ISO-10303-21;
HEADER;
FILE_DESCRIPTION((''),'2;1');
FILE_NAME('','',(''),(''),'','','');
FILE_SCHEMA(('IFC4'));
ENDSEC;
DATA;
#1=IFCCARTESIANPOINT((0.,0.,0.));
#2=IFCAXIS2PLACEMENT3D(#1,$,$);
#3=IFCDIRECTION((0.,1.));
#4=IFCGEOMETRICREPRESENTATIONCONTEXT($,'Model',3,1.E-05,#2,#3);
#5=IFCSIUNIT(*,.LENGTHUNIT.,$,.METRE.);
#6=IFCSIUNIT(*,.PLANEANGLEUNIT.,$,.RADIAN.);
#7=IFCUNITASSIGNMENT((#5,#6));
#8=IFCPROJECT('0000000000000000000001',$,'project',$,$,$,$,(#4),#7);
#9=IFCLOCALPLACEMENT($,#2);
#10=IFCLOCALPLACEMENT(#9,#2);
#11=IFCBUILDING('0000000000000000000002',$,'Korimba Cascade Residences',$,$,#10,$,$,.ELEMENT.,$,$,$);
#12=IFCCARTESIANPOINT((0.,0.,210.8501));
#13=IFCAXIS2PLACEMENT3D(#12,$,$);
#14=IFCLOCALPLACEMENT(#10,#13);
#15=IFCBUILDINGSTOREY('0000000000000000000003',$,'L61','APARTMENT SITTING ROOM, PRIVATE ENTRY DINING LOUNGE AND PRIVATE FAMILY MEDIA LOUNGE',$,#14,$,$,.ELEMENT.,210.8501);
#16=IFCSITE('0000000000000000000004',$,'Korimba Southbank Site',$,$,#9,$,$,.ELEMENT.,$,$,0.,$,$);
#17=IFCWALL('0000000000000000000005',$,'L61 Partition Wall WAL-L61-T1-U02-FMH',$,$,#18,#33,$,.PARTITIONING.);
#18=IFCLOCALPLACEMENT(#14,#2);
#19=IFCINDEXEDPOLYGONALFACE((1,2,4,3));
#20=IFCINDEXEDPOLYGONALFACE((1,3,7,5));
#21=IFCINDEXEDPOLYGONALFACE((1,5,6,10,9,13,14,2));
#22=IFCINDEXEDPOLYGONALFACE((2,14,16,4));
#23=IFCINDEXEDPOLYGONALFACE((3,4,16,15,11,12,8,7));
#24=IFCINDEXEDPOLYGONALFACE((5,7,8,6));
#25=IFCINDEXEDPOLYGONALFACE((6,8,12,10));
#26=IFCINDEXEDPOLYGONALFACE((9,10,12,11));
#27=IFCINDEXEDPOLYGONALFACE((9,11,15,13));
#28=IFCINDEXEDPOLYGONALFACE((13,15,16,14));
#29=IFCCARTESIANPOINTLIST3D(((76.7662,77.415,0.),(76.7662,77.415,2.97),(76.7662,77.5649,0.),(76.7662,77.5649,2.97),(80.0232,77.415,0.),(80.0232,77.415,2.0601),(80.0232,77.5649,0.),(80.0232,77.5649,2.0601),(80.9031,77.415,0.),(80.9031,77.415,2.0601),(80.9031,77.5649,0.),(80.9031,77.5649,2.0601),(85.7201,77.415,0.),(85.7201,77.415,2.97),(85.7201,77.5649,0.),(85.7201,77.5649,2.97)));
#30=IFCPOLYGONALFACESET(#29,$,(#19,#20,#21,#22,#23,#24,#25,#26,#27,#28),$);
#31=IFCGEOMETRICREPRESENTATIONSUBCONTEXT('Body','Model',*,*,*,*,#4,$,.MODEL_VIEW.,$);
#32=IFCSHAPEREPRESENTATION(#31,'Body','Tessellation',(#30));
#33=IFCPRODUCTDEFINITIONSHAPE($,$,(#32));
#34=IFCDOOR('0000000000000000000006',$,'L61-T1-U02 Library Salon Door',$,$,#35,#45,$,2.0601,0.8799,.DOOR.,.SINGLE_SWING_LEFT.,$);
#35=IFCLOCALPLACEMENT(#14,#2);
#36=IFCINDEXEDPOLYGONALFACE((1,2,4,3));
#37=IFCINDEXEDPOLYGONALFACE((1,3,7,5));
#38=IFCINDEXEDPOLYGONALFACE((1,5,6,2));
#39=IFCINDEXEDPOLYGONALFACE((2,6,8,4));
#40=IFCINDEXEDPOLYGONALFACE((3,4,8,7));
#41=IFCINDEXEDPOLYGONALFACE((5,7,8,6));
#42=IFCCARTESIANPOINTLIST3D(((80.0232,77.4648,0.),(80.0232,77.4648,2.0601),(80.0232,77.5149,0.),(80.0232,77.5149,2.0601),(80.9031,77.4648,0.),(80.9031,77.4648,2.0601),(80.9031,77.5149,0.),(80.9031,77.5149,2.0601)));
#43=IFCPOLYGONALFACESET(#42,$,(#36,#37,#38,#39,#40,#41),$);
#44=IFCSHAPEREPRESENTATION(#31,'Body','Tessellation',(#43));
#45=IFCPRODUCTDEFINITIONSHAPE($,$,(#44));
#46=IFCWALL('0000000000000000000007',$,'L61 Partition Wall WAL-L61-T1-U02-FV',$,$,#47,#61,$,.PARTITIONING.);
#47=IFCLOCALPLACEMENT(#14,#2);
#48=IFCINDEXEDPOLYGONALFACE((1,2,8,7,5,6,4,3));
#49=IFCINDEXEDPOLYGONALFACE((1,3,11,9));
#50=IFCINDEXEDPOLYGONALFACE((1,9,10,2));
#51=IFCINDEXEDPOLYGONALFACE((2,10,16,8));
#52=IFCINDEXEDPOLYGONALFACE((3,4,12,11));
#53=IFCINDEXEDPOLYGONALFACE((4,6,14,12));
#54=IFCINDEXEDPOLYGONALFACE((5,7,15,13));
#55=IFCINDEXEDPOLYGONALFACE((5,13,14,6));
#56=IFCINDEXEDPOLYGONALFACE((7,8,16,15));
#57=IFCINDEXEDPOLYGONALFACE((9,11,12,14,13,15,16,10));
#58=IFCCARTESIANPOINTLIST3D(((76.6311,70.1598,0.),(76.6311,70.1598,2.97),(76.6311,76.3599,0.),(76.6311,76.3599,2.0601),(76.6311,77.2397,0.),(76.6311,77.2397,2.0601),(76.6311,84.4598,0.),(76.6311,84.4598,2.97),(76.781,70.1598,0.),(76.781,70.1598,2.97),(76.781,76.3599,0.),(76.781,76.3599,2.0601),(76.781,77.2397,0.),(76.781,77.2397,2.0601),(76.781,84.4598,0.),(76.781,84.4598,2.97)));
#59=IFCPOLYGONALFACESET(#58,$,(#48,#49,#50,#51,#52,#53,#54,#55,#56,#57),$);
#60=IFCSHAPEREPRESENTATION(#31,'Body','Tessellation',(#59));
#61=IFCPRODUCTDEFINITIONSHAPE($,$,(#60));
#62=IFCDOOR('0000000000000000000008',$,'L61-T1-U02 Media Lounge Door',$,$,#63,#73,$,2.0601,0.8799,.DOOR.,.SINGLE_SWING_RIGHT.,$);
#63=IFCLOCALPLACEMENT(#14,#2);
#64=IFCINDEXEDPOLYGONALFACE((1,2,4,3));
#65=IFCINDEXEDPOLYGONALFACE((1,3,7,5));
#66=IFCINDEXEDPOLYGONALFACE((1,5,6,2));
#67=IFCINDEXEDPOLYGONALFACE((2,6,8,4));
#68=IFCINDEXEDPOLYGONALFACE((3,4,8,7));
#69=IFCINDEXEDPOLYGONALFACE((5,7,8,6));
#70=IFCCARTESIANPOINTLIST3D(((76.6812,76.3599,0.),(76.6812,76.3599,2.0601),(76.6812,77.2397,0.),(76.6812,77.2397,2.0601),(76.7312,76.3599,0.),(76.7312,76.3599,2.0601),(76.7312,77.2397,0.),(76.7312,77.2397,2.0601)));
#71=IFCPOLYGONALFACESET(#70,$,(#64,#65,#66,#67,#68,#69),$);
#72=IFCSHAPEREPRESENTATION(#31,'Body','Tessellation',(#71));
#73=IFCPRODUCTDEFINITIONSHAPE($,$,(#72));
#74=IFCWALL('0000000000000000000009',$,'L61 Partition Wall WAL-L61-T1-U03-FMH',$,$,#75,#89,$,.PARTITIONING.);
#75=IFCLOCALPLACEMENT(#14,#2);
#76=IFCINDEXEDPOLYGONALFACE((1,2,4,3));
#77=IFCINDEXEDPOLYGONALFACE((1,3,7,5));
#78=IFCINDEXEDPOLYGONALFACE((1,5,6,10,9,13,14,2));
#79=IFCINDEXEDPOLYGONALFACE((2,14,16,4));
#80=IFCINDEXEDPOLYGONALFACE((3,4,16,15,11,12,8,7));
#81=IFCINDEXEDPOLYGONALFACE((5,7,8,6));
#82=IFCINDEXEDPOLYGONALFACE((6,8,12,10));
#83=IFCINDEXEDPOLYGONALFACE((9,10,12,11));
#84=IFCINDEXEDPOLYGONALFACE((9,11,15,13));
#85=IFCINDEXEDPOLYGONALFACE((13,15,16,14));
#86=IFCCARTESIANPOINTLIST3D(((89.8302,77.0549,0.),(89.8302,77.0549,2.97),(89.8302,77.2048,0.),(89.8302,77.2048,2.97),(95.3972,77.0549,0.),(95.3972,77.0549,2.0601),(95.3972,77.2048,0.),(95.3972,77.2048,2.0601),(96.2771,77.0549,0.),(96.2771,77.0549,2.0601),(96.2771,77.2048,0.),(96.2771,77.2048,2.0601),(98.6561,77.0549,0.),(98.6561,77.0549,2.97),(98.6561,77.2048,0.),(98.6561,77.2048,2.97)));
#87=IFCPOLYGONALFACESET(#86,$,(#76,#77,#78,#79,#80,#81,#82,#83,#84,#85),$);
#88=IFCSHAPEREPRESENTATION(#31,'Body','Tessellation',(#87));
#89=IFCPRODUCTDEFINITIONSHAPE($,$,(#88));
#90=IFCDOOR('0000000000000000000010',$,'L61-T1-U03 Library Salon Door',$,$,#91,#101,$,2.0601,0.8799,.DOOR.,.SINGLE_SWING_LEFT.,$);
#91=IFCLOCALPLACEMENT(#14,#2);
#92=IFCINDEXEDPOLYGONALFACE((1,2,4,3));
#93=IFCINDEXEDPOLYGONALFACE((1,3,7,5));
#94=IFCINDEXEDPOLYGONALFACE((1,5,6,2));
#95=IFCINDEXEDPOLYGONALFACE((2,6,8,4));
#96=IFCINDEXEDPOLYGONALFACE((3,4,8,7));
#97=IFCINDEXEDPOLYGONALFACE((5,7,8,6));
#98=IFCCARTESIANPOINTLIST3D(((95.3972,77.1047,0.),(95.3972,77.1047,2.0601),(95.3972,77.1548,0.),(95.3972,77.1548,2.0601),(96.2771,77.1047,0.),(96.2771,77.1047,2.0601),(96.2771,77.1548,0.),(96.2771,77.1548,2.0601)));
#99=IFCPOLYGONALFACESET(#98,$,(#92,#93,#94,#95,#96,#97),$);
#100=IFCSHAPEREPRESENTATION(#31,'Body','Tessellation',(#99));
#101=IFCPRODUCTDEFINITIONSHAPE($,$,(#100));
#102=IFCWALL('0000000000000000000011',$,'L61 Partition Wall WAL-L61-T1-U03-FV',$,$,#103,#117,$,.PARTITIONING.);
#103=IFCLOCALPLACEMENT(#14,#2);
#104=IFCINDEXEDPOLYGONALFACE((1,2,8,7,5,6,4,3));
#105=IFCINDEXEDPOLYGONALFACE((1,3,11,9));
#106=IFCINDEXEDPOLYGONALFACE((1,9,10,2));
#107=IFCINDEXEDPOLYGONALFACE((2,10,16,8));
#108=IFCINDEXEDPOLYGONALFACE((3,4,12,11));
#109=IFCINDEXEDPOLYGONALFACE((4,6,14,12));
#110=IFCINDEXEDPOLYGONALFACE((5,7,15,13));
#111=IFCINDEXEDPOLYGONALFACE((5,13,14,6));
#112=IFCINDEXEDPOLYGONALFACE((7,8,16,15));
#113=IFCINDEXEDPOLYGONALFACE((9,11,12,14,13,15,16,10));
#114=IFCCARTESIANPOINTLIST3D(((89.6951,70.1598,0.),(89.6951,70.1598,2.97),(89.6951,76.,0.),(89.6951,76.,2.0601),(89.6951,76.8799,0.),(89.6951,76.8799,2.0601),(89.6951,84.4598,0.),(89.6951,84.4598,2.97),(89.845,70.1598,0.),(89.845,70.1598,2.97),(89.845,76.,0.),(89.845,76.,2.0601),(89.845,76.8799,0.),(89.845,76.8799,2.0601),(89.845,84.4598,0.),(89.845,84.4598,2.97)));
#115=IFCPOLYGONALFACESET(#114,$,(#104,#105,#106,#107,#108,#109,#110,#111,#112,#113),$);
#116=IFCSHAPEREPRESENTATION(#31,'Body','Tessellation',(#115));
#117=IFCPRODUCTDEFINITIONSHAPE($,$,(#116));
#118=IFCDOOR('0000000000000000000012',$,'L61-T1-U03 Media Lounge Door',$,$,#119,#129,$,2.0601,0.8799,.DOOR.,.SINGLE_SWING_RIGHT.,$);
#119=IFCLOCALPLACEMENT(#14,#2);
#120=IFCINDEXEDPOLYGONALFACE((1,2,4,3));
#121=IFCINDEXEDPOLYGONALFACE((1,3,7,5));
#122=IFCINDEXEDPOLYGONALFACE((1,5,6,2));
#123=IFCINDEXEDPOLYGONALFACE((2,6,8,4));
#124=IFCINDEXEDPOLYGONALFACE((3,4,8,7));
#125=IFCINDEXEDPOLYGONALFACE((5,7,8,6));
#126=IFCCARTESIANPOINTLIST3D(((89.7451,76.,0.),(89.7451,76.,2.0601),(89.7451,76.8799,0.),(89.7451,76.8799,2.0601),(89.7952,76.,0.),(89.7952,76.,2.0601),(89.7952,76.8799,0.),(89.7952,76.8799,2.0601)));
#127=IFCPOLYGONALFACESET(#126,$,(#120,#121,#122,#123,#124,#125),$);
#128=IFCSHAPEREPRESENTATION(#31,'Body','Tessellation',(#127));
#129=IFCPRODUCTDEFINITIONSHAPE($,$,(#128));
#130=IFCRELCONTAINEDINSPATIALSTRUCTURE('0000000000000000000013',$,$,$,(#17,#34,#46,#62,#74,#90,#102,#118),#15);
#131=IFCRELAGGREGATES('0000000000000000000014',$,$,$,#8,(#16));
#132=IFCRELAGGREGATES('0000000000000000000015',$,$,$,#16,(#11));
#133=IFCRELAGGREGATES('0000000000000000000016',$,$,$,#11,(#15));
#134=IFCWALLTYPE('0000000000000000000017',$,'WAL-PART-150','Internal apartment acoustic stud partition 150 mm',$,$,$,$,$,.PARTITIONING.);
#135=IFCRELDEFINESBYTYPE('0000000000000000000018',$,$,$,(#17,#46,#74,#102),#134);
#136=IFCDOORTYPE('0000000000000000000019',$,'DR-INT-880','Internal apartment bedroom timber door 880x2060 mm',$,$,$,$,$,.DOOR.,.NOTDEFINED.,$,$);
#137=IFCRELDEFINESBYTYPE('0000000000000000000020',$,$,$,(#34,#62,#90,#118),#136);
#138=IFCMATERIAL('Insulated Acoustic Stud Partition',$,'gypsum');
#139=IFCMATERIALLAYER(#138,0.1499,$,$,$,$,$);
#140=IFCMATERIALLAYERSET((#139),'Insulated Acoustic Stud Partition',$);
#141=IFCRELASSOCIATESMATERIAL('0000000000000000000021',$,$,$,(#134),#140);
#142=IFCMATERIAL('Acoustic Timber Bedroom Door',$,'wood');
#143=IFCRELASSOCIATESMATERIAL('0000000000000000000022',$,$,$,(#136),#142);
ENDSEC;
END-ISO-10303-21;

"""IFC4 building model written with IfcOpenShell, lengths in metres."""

from ifc_helpers import new_model, si_unit, direction, frame, frame_2d, origin, place, context, subcontext, project, spatial, rectangle, extrude, material, layer, layer_set, type_object, element, fill, save


model = new_model("IFC4")

# Units and contexts
model_context = context("Model", 3, precision=1e-05, world=origin(), true_north=direction((0.0, 1.0)))
body_context = subcontext(model_context, "Body", "Model", "MODEL_VIEW")
ifc_project = project(units=[si_unit("LENGTHUNIT", "METRE"), si_unit("PLANEANGLEUNIT", "RADIAN")], contexts=[model_context])

# Site, building, storey
site_placement = place(None, origin())
site = spatial("IfcSite", under=ifc_project, at=site_placement, Name="Korimba Southbank Site", CompositionType="ELEMENT", RefElevation=0.0)
building_placement = place(site_placement, origin())
building = spatial("IfcBuilding", under=site, at=building_placement, Name="Korimba Cascade Residences", CompositionType="ELEMENT")
storey_placement = place(building_placement, frame((0.0, 0.0, 210.8501)))
storey = spatial("IfcBuildingStorey", under=building, at=storey_placement, Name="L61", Description="APARTMENT SITTING ROOM, PRIVATE ENTRY DINING LOUNGE AND PRIVATE FAMILY MEDIA LOUNGE", CompositionType="ELEMENT", Elevation=210.8501)

# Walls, openings, doors
ifc_material_1 = material(Name="Insulated Acoustic Stud Partition", Category="gypsum")
ifc_layer_1 = layer(ifc_material_1, 0.1499)
ifc_layer_set_1 = layer_set([ifc_layer_1], Name="Insulated Acoustic Stud Partition")
wall_type_1 = type_object("IfcWallType", Name="WAL-PART-150", Description="Internal apartment acoustic stud partition 150 mm", PredefinedType="PARTITIONING", material=ifc_layer_set_1)
wall_1_placement = place(storey_placement, frame((76.7661, 77.49, 0.0), z_axis=(0.0, 0.0, 1.0), x_axis=(1.0, 0.0, 0.0)))
wall_1 = element("IfcWall", 1, at=wall_1_placement, inside=storey, type_object=wall_type_1, Name="L61 Partition Wall WAL-L61-T1-U02-FMH", PredefinedType="PARTITIONING", context=body_context, shape_type="SweptSolid", body=[
    extrude(rectangle(XDim=8.9539, YDim=0.1499, at=frame_2d((4.4771, 0.0))), origin(), (0.0, 0.0, 1.0), 2.97),
])
opening_1_placement = place(wall_1_placement, frame((3.2571, 0.0, 0.0)))
opening_1 = element("IfcOpeningElement", 2, at=opening_1_placement, cuts=wall_1, PredefinedType="OPENING", context=body_context, shape_type="SweptSolid", body=[
    extrude(rectangle(XDim=0.8799, YDim=2.0601, at=frame_2d((0.4399, 1.03))), frame((0.0, 0.085, 0.0), z_axis=(0.0, -1.0, 0.0), x_axis=(1.0, 0.0, 0.0)), (0.0, 0.0, 1.0), 0.1699),
])
ifc_material_2 = material(Name="Acoustic Timber Bedroom Door", Category="wood")
door_type_1 = type_object("IfcDoorType", Name="DR-INT-880", Description="Internal apartment bedroom timber door 880x2060 mm", OperationType="NOTDEFINED", PredefinedType="DOOR", material=ifc_material_2)
door_1_placement = place(opening_1_placement, origin())
door_1 = element("IfcDoor", 3, at=door_1_placement, inside=storey, type_object=door_type_1, Name="L61-T1-U02 Library Salon Door", OperationType="SINGLE_SWING_LEFT", OverallHeight=2.0601, OverallWidth=0.8799, PredefinedType="DOOR", context=body_context, shape_type="SweptSolid", body=[
    extrude(rectangle(XDim=0.8799, YDim=2.0601, at=frame_2d((0.4399, 1.03))), frame((0.0, 0.0249, 0.0), z_axis=(0.0, -1.0, 0.0), x_axis=(1.0, 0.0, 0.0)), (0.0, 0.0, 1.0), 0.05),
])
fill(opening_1, door_1)
wall_2_placement = place(storey_placement, frame((76.7061, 70.1599, 0.0), z_axis=(0.0, 0.0, 1.0), x_axis=(0.0, 1.0, 0.0)))
wall_2 = element("IfcWall", 4, at=wall_2_placement, inside=storey, type_object=wall_type_1, Name="L61 Partition Wall WAL-L61-T1-U02-FV", PredefinedType="PARTITIONING", context=body_context, shape_type="SweptSolid", body=[
    extrude(rectangle(XDim=14.3, YDim=0.1499, at=frame_2d((7.1499, 0.0))), origin(), (0.0, 0.0, 1.0), 2.97),
])
opening_2_placement = place(wall_2_placement, frame((6.2, 0.0, 0.0)))
opening_2 = element("IfcOpeningElement", 5, at=opening_2_placement, cuts=wall_2, PredefinedType="OPENING", context=body_context, shape_type="SweptSolid", body=[
    extrude(rectangle(XDim=0.8799, YDim=2.0601, at=frame_2d((0.4399, 1.03))), frame((0.0, 0.085, 0.0), z_axis=(0.0, -1.0, 0.0), x_axis=(1.0, 0.0, 0.0)), (0.0, 0.0, 1.0), 0.1699),
])
door_2_placement = place(opening_2_placement, origin())
door_2 = element("IfcDoor", 6, at=door_2_placement, inside=storey, type_object=door_type_1, Name="L61-T1-U02 Media Lounge Door", OperationType="SINGLE_SWING_RIGHT", OverallHeight=2.0601, OverallWidth=0.8799, PredefinedType="DOOR", context=body_context, shape_type="SweptSolid", body=[
    extrude(rectangle(XDim=0.8799, YDim=2.0601, at=frame_2d((0.4399, 1.03))), frame((0.0, 0.0249, 0.0), z_axis=(0.0, -1.0, 0.0), x_axis=(1.0, 0.0, 0.0)), (0.0, 0.0, 1.0), 0.05),
])
fill(opening_2, door_2)
wall_3_placement = place(storey_placement, frame((89.8301, 77.1299, 0.0), z_axis=(0.0, 0.0, 1.0), x_axis=(1.0, 0.0, 0.0)))
wall_3 = element("IfcWall", 7, at=wall_3_placement, inside=storey, type_object=wall_type_1, Name="L61 Partition Wall WAL-L61-T1-U03-FMH", PredefinedType="PARTITIONING", context=body_context, shape_type="SweptSolid", body=[
    extrude(rectangle(XDim=8.8259, YDim=0.1499, at=frame_2d((4.4131, 0.0))), origin(), (0.0, 0.0, 1.0), 2.97),
])
opening_3_placement = place(wall_3_placement, frame((5.5671, 0.0, 0.0)))
opening_3 = element("IfcOpeningElement", 8, at=opening_3_placement, cuts=wall_3, PredefinedType="OPENING", context=body_context, shape_type="SweptSolid", body=[
    extrude(rectangle(XDim=0.8799, YDim=2.0601, at=frame_2d((0.4399, 1.03))), frame((0.0, 0.085, 0.0), z_axis=(0.0, -1.0, 0.0), x_axis=(1.0, 0.0, 0.0)), (0.0, 0.0, 1.0), 0.1699),
])
door_3_placement = place(opening_3_placement, origin())
door_3 = element("IfcDoor", 9, at=door_3_placement, inside=storey, type_object=door_type_1, Name="L61-T1-U03 Library Salon Door", OperationType="SINGLE_SWING_LEFT", OverallHeight=2.0601, OverallWidth=0.8799, PredefinedType="DOOR", context=body_context, shape_type="SweptSolid", body=[
    extrude(rectangle(XDim=0.8799, YDim=2.0601, at=frame_2d((0.4399, 1.03))), frame((0.0, 0.0249, 0.0), z_axis=(0.0, -1.0, 0.0), x_axis=(1.0, 0.0, 0.0)), (0.0, 0.0, 1.0), 0.05),
])
fill(opening_3, door_3)
wall_4_placement = place(storey_placement, frame((89.77, 70.1599, 0.0), z_axis=(0.0, 0.0, 1.0), x_axis=(0.0, 1.0, 0.0)))
wall_4 = element("IfcWall", 10, at=wall_4_placement, inside=storey, type_object=wall_type_1, Name="L61 Partition Wall WAL-L61-T1-U03-FV", PredefinedType="PARTITIONING", context=body_context, shape_type="SweptSolid", body=[
    extrude(rectangle(XDim=14.3, YDim=0.1499, at=frame_2d((7.1499, 0.0))), origin(), (0.0, 0.0, 1.0), 2.97),
])
opening_4_placement = place(wall_4_placement, frame((5.8401, 0.0, 0.0)))
opening_4 = element("IfcOpeningElement", 11, at=opening_4_placement, cuts=wall_4, PredefinedType="OPENING", context=body_context, shape_type="SweptSolid", body=[
    extrude(rectangle(XDim=0.8799, YDim=2.0601, at=frame_2d((0.4399, 1.03))), frame((0.0, 0.085, 0.0), z_axis=(0.0, -1.0, 0.0), x_axis=(1.0, 0.0, 0.0)), (0.0, 0.0, 1.0), 0.1699),
])
door_4_placement = place(opening_4_placement, origin())
door_4 = element("IfcDoor", 12, at=door_4_placement, inside=storey, type_object=door_type_1, Name="L61-T1-U03 Media Lounge Door", OperationType="SINGLE_SWING_RIGHT", OverallHeight=2.0601, OverallWidth=0.8799, PredefinedType="DOOR", context=body_context, shape_type="SweptSolid", body=[
    extrude(rectangle(XDim=0.8799, YDim=2.0601, at=frame_2d((0.4399, 1.03))), frame((0.0, 0.0249, 0.0), z_axis=(0.0, -1.0, 0.0), x_axis=(1.0, 0.0, 0.0)), (0.0, 0.0, 1.0), 0.05),
])
fill(opening_4, door_4)

save(model, "model.ifc")
